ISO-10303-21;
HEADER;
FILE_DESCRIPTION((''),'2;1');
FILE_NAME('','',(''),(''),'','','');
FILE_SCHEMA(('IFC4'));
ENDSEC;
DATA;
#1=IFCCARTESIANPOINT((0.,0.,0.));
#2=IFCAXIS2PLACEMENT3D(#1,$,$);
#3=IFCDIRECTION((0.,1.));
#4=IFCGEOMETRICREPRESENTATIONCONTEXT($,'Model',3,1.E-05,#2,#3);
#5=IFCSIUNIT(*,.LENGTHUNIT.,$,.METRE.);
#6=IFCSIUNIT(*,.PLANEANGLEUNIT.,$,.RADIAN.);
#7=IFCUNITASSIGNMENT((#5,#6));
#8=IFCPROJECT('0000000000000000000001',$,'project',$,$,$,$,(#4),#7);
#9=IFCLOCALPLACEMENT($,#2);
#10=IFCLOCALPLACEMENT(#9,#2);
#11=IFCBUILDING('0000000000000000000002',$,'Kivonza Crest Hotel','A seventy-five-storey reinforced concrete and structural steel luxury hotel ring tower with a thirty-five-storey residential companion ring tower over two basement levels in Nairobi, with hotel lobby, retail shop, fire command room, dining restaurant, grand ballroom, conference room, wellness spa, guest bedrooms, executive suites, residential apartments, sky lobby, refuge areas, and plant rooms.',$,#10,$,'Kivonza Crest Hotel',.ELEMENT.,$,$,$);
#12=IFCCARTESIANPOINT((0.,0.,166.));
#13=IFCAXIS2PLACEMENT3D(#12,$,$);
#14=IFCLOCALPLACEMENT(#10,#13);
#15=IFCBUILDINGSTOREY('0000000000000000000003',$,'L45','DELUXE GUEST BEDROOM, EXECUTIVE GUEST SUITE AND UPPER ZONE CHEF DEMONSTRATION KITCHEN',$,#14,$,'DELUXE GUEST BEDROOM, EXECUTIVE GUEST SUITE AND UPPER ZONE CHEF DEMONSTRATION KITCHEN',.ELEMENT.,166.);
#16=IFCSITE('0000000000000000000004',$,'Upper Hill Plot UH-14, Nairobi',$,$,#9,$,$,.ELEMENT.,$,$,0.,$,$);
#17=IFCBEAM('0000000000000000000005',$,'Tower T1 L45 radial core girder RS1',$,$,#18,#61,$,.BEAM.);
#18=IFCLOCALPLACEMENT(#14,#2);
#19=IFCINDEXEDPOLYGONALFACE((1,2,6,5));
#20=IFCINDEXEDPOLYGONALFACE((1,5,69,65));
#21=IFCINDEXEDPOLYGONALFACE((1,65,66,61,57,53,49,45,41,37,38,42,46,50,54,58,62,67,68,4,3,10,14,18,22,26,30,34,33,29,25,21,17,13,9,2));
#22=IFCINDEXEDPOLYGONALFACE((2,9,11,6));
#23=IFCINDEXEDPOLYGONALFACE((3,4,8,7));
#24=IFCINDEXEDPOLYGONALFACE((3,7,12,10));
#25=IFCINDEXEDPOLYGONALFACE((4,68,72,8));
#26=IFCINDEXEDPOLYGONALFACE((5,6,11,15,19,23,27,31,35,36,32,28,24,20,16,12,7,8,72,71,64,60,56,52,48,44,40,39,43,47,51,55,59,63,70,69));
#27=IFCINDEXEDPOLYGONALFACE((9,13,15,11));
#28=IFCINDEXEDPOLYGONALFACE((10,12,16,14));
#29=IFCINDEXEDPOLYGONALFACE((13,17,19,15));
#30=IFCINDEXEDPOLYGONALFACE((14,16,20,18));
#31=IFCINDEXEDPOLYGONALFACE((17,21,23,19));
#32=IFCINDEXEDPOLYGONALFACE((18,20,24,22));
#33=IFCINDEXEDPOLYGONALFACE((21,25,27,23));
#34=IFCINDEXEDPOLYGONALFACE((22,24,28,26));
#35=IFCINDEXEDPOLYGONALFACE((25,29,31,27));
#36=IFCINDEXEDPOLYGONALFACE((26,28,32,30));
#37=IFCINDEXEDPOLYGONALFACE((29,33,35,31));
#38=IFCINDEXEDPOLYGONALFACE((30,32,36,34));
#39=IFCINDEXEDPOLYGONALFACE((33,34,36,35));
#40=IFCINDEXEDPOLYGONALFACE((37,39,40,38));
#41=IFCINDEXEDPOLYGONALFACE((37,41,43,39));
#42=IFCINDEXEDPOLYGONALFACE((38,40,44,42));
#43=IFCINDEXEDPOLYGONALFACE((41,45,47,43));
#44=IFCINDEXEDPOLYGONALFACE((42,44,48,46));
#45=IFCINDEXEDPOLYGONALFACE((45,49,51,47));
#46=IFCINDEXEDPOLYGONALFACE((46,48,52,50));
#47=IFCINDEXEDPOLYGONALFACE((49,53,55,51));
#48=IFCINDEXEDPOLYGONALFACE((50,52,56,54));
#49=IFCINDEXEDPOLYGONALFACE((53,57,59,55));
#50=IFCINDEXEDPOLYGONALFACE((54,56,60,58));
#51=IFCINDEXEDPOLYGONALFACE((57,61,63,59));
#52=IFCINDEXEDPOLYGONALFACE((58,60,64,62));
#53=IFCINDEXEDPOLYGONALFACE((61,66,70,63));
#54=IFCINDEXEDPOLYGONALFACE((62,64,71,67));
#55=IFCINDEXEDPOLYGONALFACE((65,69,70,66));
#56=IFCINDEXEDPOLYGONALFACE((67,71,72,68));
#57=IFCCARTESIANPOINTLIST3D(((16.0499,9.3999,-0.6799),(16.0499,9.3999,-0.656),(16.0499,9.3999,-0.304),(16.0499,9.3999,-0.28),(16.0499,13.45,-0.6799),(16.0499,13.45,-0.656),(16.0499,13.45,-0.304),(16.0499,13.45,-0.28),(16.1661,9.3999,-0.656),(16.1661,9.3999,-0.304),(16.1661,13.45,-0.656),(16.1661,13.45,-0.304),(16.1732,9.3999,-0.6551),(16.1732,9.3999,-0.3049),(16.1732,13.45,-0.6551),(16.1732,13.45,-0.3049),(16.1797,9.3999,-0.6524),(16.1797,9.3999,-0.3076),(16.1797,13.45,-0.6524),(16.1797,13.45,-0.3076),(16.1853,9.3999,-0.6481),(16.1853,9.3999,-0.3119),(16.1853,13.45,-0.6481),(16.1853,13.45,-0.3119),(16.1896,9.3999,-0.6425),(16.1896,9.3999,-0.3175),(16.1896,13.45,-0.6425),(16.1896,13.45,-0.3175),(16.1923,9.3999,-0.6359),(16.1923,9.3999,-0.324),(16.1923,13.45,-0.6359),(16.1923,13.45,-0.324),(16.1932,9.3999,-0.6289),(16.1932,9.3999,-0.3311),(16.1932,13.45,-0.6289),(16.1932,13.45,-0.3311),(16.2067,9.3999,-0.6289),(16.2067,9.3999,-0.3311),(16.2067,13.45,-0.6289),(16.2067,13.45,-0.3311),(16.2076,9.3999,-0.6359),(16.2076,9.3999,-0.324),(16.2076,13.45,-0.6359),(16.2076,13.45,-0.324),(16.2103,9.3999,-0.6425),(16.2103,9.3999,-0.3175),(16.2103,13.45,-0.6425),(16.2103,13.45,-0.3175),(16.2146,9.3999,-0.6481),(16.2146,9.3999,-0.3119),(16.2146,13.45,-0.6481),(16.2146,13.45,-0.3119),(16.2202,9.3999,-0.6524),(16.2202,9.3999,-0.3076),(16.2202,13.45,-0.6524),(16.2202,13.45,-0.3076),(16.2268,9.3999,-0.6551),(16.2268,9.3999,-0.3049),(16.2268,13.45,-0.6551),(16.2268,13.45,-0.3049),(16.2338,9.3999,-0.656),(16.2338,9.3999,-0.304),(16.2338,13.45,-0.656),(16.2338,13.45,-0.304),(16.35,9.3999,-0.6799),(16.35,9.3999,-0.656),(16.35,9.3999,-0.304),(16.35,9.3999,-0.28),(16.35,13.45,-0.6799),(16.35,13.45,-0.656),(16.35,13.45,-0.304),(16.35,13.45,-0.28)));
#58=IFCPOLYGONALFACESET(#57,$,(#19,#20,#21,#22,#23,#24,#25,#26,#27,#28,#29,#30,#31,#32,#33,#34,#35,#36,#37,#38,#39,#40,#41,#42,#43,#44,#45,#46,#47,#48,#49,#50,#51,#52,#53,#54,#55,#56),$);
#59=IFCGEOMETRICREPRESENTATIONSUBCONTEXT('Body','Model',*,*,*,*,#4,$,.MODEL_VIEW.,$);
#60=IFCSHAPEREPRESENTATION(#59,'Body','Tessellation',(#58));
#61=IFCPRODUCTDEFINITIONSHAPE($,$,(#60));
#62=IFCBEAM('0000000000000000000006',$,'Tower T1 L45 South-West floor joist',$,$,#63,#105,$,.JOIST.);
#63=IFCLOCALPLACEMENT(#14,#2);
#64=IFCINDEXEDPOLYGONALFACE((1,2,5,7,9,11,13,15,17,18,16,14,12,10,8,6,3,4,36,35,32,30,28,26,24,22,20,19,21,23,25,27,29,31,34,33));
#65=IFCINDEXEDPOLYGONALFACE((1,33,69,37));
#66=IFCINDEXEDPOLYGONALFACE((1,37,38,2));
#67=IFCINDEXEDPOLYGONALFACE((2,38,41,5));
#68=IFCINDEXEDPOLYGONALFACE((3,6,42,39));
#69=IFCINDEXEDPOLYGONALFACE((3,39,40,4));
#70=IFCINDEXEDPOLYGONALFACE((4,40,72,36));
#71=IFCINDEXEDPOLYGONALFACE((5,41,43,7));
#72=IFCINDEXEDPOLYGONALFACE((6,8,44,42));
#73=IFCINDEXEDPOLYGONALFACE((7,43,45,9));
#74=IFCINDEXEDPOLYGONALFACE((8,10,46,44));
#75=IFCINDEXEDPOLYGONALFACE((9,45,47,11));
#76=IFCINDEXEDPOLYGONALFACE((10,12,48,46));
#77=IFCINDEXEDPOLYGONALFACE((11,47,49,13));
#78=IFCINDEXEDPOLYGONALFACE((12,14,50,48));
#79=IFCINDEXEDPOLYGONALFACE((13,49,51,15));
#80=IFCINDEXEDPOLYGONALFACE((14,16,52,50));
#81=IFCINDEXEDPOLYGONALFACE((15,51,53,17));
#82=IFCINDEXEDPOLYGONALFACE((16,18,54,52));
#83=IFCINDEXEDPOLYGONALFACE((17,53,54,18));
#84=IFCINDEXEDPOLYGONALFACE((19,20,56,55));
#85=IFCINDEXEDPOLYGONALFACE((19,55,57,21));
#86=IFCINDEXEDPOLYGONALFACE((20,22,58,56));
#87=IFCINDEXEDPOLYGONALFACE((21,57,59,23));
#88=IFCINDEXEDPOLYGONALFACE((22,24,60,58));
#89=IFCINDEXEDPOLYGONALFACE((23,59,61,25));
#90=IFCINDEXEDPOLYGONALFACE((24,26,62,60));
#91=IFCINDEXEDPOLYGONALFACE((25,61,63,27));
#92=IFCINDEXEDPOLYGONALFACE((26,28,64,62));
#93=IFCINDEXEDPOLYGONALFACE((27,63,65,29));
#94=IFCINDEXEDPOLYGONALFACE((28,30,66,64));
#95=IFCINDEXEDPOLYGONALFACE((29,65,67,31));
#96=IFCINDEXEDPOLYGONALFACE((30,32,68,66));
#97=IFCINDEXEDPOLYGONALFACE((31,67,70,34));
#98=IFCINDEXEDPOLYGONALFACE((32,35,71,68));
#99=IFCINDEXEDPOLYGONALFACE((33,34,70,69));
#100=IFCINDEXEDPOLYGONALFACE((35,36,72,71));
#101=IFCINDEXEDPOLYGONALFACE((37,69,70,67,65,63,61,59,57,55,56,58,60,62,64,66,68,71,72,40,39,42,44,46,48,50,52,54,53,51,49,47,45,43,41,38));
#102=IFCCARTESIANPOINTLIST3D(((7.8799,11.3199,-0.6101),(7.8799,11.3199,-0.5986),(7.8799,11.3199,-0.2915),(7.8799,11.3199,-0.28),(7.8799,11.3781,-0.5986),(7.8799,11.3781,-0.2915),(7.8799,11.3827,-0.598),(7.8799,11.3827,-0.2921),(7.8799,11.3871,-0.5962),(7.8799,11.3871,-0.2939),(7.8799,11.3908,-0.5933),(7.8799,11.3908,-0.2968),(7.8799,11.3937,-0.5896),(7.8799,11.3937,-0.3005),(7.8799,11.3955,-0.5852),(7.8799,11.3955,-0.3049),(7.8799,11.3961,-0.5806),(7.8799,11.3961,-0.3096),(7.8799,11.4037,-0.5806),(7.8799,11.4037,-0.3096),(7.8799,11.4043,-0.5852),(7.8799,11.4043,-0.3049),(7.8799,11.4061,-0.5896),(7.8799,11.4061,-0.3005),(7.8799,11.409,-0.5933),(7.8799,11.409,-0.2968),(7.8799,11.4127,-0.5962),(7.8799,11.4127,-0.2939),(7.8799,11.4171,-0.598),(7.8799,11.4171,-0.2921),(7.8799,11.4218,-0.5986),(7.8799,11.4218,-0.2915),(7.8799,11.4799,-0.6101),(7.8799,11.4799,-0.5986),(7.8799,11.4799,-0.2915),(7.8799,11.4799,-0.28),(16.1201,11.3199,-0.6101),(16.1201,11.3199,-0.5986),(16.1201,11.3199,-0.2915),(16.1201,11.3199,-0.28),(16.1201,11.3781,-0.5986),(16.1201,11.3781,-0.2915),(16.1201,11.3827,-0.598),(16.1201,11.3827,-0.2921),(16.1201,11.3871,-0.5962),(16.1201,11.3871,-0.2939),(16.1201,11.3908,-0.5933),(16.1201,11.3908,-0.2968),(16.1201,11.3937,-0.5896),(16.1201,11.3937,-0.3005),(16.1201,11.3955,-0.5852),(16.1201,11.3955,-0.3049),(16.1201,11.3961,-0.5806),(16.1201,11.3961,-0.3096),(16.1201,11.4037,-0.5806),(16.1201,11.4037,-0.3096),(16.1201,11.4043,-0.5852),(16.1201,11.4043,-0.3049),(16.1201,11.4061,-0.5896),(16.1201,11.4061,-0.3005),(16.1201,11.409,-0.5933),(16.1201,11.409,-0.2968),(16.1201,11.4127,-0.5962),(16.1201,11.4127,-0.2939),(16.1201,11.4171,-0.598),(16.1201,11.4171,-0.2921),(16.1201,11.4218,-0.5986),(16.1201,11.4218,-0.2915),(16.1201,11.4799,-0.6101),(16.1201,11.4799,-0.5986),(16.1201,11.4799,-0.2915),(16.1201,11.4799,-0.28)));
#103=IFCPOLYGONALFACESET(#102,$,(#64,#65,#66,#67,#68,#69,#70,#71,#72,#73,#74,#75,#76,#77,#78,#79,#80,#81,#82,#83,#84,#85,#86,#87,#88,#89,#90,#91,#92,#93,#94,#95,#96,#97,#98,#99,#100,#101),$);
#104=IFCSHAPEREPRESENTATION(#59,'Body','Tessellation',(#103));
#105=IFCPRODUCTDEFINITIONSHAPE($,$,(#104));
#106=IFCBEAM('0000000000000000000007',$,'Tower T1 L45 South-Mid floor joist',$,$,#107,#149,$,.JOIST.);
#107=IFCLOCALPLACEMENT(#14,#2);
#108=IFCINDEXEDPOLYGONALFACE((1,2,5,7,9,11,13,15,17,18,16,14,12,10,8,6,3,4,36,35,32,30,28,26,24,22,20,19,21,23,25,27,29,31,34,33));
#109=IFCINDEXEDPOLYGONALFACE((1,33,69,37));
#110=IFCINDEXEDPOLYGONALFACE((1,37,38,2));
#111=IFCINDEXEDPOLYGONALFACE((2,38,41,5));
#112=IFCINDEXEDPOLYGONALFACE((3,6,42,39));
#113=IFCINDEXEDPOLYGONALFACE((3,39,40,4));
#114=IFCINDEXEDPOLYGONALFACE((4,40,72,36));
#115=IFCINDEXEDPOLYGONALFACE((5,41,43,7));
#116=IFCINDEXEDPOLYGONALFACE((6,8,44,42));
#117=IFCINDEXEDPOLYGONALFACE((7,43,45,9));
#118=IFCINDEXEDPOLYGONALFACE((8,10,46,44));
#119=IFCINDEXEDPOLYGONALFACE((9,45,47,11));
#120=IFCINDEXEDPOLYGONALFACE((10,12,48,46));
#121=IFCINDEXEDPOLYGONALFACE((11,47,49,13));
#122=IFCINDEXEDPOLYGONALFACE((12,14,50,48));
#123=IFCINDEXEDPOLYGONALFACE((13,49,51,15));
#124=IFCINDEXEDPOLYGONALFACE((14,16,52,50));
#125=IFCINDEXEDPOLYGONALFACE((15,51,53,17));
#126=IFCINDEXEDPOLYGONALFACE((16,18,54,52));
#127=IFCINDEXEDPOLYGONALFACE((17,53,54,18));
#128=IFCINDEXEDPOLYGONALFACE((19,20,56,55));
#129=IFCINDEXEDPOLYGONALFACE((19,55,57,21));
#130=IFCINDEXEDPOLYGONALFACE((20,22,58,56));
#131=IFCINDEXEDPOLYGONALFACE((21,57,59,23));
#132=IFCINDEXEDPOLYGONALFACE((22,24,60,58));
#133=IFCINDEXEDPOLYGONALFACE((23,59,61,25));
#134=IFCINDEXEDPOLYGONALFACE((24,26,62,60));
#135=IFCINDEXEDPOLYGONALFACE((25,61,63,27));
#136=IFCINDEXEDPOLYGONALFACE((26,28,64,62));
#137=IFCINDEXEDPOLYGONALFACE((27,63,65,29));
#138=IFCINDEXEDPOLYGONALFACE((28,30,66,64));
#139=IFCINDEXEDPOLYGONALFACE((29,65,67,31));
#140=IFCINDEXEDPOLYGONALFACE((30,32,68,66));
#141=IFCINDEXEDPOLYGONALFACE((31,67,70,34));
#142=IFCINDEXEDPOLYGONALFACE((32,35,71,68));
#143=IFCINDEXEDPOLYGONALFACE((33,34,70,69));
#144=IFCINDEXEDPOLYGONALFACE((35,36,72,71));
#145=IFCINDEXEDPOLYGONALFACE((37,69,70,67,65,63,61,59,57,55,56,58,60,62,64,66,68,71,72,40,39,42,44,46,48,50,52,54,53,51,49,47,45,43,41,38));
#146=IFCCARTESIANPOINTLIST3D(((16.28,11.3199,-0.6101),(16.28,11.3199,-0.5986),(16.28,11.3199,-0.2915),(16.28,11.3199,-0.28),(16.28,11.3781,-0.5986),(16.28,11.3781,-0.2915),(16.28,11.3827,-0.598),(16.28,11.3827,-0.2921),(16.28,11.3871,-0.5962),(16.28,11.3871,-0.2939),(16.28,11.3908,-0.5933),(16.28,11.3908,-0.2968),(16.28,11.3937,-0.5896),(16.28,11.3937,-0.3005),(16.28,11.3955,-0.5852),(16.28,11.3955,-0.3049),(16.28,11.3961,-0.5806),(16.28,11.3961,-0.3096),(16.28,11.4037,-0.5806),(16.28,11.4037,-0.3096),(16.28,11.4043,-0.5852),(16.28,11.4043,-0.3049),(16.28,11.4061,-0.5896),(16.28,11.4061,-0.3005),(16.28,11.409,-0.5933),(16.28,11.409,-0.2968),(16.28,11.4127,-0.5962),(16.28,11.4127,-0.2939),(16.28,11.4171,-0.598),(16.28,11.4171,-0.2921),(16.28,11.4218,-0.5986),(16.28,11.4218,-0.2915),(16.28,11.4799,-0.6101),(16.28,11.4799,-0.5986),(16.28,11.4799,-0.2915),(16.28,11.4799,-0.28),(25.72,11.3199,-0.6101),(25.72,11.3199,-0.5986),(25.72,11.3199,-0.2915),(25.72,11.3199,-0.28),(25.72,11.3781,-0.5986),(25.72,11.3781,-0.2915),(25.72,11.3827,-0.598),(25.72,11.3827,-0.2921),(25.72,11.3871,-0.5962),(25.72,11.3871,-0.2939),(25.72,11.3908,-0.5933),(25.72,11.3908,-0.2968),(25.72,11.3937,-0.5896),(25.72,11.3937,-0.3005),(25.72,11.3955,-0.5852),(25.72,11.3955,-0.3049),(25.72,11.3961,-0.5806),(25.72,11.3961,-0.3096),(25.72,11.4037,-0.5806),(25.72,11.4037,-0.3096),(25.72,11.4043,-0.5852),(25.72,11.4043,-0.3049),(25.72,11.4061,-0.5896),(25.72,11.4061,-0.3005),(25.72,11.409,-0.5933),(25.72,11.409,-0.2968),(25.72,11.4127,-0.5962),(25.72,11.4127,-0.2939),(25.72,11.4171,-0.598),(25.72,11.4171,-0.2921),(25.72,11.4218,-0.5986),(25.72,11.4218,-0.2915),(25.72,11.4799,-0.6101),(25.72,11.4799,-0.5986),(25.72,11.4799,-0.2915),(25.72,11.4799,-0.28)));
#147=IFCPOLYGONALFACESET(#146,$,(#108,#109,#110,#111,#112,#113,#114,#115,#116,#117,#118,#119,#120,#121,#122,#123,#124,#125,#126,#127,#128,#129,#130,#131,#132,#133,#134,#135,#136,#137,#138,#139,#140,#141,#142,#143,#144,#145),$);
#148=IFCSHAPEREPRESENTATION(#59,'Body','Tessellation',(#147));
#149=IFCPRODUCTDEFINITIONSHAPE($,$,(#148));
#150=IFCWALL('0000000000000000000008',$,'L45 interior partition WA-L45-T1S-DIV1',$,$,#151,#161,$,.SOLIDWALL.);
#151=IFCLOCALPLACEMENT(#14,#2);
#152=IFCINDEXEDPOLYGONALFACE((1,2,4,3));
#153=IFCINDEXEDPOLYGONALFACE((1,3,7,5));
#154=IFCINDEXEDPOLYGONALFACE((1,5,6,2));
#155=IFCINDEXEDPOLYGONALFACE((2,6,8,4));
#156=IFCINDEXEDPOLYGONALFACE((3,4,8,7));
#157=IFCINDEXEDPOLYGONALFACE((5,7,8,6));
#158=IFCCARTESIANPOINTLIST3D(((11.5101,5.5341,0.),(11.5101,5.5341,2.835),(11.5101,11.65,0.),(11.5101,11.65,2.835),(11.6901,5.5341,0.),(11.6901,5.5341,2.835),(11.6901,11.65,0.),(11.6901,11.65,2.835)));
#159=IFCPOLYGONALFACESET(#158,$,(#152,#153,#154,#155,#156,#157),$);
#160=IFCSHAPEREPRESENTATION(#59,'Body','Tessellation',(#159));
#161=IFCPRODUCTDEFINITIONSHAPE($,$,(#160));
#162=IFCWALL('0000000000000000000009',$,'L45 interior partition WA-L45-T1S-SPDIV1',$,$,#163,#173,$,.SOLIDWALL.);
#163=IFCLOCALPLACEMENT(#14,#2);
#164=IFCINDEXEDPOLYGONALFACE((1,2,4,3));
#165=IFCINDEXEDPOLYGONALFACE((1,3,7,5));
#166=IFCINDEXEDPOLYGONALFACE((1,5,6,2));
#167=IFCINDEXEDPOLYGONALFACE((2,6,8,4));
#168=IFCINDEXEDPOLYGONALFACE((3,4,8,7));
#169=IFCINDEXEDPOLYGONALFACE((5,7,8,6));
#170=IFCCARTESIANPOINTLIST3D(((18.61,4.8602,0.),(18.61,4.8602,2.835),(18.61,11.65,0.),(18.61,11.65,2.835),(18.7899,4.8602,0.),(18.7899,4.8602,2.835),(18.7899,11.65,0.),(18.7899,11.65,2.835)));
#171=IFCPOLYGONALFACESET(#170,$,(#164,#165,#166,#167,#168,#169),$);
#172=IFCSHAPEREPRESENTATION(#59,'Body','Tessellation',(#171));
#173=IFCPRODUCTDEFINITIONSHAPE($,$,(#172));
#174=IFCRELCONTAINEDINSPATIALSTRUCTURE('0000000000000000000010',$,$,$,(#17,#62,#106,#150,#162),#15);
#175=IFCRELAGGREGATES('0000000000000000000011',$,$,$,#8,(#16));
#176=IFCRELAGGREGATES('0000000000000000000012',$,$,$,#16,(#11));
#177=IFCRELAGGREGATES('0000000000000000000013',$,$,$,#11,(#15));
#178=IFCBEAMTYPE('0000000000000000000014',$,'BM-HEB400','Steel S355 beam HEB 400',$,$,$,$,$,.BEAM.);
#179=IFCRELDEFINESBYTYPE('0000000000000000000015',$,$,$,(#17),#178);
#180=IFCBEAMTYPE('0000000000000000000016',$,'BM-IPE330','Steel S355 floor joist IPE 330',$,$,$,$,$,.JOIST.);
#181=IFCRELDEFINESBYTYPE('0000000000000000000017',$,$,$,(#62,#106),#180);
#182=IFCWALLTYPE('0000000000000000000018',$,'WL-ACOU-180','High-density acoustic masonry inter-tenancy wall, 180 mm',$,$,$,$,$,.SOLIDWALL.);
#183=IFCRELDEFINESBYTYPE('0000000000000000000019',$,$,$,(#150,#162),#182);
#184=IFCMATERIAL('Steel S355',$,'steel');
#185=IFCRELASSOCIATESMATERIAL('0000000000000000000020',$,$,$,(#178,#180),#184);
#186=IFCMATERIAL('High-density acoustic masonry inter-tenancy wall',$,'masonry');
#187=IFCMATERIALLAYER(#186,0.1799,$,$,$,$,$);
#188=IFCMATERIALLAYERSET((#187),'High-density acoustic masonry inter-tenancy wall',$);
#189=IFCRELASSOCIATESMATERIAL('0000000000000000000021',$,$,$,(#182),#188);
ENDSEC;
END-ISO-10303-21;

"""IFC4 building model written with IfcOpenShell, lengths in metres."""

from ifc_helpers import new_model, si_unit, direction, frame, frame_2d, origin, origin_2d, place, context, subcontext, project, spatial, rectangle, i_section, extrude, material, layer, layer_set, material_profile, profile_set, type_object, element, save


model = new_model("IFC4")

# Units and contexts
model_context = context("Model", 3, precision=1e-05, world=origin(), true_north=direction((0.0, 1.0)))
body_context = subcontext(model_context, "Body", "Model", "MODEL_VIEW")
ifc_project = project(units=[si_unit("LENGTHUNIT", "METRE"), si_unit("PLANEANGLEUNIT", "RADIAN")], contexts=[model_context])

# Site, building, storey
site_placement = place(None, origin())
site = spatial("IfcSite", under=ifc_project, at=site_placement, Name="Upper Hill Plot UH-14, Nairobi", CompositionType="ELEMENT", RefElevation=0.0)
building_placement = place(site_placement, origin())
building = spatial("IfcBuilding", under=site, at=building_placement, Name="Kivonza Crest Hotel", Description="A seventy-five-storey reinforced concrete and structural steel luxury hotel ring tower with a thirty-five-storey residential companion ring tower over two basement levels in Nairobi, with hotel lobby, retail shop, fire command room, dining restaurant, grand ballroom, conference room, wellness spa, guest bedrooms, executive suites, residential apartments, sky lobby, refuge areas, and plant rooms.", LongName="Kivonza Crest Hotel", CompositionType="ELEMENT")
storey_placement = place(building_placement, frame((0.0, 0.0, 166.0)))
storey = spatial("IfcBuildingStorey", under=building, at=storey_placement, Name="L45", Description="DELUXE GUEST BEDROOM, EXECUTIVE GUEST SUITE AND UPPER ZONE CHEF DEMONSTRATION KITCHEN", LongName="DELUXE GUEST BEDROOM, EXECUTIVE GUEST SUITE AND UPPER ZONE CHEF DEMONSTRATION KITCHEN", CompositionType="ELEMENT", Elevation=166.0)

# Beams
ifc_material_1 = material(Name="Steel S355", Category="steel")
ifc_material_profile_1 = material_profile(ifc_material_1, i_section(OverallWidth=0.3, OverallDepth=0.3999, WebThickness=0.0134, FlangeThickness=0.0239, FilletRadius=0.0271, at=origin_2d()), Name="HEB 400")
ifc_profile_set_1 = profile_set([ifc_material_profile_1], Name="Steel S355")
beam_type_1 = type_object("IfcBeamType", Name="BM-HEB400", Description="Steel S355 beam HEB 400", PredefinedType="BEAM", material=ifc_profile_set_1)
beam_1_placement = place(storey_placement, frame((16.2, 9.3999, -0.48), z_axis=(0.0, 1.0, 0.0), x_axis=(-1.0, 0.0, 0.0)))
element("IfcBeam", 1, at=beam_1_placement, inside=storey, type_object=beam_type_1, Name="Tower T1 L45 radial core girder RS1", PredefinedType="BEAM", context=body_context, shape_type="SweptSolid", body=[
    extrude(i_section(OverallWidth=0.3, OverallDepth=0.3999, WebThickness=0.0134, FlangeThickness=0.0239, FilletRadius=0.0271, at=origin_2d()), origin(), (0.0, 0.0, 1.0), 4.05),
])
ifc_material_profile_2 = material_profile(ifc_material_1, i_section(OverallWidth=0.1599, OverallDepth=0.3301, WebThickness=0.0076, FlangeThickness=0.0115, FilletRadius=0.0181, at=origin_2d()), Name="IPE 330")
ifc_profile_set_2 = profile_set([ifc_material_profile_2], Name="Steel S355")
beam_type_2 = type_object("IfcBeamType", Name="BM-IPE330", Description="Steel S355 floor joist IPE 330", PredefinedType="JOIST", material=ifc_profile_set_2)
beam_2_placement = place(storey_placement, frame((7.8799, 11.3999, -0.4451), z_axis=(1.0, 0.0, 0.0), x_axis=(0.0, 1.0, 0.0)))
element("IfcBeam", 2, at=beam_2_placement, inside=storey, type_object=beam_type_2, Name="Tower T1 L45 South-West floor joist", PredefinedType="JOIST", context=body_context, shape_type="SweptSolid", body=[
    extrude(i_section(OverallWidth=0.1599, OverallDepth=0.3301, WebThickness=0.0076, FlangeThickness=0.0115, FilletRadius=0.0181, at=origin_2d()), origin(), (0.0, 0.0, 1.0), 8.2402),
])
beam_3_placement = place(storey_placement, frame((16.28, 11.3999, -0.4451), z_axis=(1.0, 0.0, 0.0), x_axis=(0.0, 1.0, 0.0)))
element("IfcBeam", 3, at=beam_3_placement, inside=storey, type_object=beam_type_2, Name="Tower T1 L45 South-Mid floor joist", PredefinedType="JOIST", context=body_context, shape_type="SweptSolid", body=[
    extrude(i_section(OverallWidth=0.1599, OverallDepth=0.3301, WebThickness=0.0076, FlangeThickness=0.0115, FilletRadius=0.0181, at=origin_2d()), origin(), (0.0, 0.0, 1.0), 9.4399),
])

# Walls
ifc_material_2 = material(Name="High-density acoustic masonry inter-tenancy wall", Category="masonry")
ifc_layer_1 = layer(ifc_material_2, 0.1799)
ifc_layer_set_1 = layer_set([ifc_layer_1], Name="High-density acoustic masonry inter-tenancy wall")
wall_type_1 = type_object("IfcWallType", Name="WL-ACOU-180", Description="High-density acoustic masonry inter-tenancy wall, 180 mm", PredefinedType="SOLIDWALL", material=ifc_layer_set_1)
wall_1_placement = place(storey_placement, frame((11.6001, 5.5339, 0.0), z_axis=(0.0, 0.0, 1.0), x_axis=(0.0, 1.0, 0.0)))
element("IfcWall", 4, at=wall_1_placement, inside=storey, type_object=wall_type_1, Name="L45 interior partition WA-L45-T1S-DIV1", PredefinedType="SOLIDWALL", context=body_context, shape_type="SweptSolid", body=[
    extrude(rectangle(XDim=6.116, YDim=0.1799, at=frame_2d((3.0581, 0.0))), origin(), (0.0, 0.0, 1.0), 2.835),
])
wall_2_placement = place(storey_placement, frame((18.7, 4.8601, 0.0), z_axis=(0.0, 0.0, 1.0), x_axis=(0.0, 1.0, 0.0)))
element("IfcWall", 5, at=wall_2_placement, inside=storey, type_object=wall_type_1, Name="L45 interior partition WA-L45-T1S-SPDIV1", PredefinedType="SOLIDWALL", context=body_context, shape_type="SweptSolid", body=[
    extrude(rectangle(XDim=6.7898, YDim=0.1799, at=frame_2d((3.395, 0.0))), origin(), (0.0, 0.0, 1.0), 2.835),
])

save(model, "model.ifc")
